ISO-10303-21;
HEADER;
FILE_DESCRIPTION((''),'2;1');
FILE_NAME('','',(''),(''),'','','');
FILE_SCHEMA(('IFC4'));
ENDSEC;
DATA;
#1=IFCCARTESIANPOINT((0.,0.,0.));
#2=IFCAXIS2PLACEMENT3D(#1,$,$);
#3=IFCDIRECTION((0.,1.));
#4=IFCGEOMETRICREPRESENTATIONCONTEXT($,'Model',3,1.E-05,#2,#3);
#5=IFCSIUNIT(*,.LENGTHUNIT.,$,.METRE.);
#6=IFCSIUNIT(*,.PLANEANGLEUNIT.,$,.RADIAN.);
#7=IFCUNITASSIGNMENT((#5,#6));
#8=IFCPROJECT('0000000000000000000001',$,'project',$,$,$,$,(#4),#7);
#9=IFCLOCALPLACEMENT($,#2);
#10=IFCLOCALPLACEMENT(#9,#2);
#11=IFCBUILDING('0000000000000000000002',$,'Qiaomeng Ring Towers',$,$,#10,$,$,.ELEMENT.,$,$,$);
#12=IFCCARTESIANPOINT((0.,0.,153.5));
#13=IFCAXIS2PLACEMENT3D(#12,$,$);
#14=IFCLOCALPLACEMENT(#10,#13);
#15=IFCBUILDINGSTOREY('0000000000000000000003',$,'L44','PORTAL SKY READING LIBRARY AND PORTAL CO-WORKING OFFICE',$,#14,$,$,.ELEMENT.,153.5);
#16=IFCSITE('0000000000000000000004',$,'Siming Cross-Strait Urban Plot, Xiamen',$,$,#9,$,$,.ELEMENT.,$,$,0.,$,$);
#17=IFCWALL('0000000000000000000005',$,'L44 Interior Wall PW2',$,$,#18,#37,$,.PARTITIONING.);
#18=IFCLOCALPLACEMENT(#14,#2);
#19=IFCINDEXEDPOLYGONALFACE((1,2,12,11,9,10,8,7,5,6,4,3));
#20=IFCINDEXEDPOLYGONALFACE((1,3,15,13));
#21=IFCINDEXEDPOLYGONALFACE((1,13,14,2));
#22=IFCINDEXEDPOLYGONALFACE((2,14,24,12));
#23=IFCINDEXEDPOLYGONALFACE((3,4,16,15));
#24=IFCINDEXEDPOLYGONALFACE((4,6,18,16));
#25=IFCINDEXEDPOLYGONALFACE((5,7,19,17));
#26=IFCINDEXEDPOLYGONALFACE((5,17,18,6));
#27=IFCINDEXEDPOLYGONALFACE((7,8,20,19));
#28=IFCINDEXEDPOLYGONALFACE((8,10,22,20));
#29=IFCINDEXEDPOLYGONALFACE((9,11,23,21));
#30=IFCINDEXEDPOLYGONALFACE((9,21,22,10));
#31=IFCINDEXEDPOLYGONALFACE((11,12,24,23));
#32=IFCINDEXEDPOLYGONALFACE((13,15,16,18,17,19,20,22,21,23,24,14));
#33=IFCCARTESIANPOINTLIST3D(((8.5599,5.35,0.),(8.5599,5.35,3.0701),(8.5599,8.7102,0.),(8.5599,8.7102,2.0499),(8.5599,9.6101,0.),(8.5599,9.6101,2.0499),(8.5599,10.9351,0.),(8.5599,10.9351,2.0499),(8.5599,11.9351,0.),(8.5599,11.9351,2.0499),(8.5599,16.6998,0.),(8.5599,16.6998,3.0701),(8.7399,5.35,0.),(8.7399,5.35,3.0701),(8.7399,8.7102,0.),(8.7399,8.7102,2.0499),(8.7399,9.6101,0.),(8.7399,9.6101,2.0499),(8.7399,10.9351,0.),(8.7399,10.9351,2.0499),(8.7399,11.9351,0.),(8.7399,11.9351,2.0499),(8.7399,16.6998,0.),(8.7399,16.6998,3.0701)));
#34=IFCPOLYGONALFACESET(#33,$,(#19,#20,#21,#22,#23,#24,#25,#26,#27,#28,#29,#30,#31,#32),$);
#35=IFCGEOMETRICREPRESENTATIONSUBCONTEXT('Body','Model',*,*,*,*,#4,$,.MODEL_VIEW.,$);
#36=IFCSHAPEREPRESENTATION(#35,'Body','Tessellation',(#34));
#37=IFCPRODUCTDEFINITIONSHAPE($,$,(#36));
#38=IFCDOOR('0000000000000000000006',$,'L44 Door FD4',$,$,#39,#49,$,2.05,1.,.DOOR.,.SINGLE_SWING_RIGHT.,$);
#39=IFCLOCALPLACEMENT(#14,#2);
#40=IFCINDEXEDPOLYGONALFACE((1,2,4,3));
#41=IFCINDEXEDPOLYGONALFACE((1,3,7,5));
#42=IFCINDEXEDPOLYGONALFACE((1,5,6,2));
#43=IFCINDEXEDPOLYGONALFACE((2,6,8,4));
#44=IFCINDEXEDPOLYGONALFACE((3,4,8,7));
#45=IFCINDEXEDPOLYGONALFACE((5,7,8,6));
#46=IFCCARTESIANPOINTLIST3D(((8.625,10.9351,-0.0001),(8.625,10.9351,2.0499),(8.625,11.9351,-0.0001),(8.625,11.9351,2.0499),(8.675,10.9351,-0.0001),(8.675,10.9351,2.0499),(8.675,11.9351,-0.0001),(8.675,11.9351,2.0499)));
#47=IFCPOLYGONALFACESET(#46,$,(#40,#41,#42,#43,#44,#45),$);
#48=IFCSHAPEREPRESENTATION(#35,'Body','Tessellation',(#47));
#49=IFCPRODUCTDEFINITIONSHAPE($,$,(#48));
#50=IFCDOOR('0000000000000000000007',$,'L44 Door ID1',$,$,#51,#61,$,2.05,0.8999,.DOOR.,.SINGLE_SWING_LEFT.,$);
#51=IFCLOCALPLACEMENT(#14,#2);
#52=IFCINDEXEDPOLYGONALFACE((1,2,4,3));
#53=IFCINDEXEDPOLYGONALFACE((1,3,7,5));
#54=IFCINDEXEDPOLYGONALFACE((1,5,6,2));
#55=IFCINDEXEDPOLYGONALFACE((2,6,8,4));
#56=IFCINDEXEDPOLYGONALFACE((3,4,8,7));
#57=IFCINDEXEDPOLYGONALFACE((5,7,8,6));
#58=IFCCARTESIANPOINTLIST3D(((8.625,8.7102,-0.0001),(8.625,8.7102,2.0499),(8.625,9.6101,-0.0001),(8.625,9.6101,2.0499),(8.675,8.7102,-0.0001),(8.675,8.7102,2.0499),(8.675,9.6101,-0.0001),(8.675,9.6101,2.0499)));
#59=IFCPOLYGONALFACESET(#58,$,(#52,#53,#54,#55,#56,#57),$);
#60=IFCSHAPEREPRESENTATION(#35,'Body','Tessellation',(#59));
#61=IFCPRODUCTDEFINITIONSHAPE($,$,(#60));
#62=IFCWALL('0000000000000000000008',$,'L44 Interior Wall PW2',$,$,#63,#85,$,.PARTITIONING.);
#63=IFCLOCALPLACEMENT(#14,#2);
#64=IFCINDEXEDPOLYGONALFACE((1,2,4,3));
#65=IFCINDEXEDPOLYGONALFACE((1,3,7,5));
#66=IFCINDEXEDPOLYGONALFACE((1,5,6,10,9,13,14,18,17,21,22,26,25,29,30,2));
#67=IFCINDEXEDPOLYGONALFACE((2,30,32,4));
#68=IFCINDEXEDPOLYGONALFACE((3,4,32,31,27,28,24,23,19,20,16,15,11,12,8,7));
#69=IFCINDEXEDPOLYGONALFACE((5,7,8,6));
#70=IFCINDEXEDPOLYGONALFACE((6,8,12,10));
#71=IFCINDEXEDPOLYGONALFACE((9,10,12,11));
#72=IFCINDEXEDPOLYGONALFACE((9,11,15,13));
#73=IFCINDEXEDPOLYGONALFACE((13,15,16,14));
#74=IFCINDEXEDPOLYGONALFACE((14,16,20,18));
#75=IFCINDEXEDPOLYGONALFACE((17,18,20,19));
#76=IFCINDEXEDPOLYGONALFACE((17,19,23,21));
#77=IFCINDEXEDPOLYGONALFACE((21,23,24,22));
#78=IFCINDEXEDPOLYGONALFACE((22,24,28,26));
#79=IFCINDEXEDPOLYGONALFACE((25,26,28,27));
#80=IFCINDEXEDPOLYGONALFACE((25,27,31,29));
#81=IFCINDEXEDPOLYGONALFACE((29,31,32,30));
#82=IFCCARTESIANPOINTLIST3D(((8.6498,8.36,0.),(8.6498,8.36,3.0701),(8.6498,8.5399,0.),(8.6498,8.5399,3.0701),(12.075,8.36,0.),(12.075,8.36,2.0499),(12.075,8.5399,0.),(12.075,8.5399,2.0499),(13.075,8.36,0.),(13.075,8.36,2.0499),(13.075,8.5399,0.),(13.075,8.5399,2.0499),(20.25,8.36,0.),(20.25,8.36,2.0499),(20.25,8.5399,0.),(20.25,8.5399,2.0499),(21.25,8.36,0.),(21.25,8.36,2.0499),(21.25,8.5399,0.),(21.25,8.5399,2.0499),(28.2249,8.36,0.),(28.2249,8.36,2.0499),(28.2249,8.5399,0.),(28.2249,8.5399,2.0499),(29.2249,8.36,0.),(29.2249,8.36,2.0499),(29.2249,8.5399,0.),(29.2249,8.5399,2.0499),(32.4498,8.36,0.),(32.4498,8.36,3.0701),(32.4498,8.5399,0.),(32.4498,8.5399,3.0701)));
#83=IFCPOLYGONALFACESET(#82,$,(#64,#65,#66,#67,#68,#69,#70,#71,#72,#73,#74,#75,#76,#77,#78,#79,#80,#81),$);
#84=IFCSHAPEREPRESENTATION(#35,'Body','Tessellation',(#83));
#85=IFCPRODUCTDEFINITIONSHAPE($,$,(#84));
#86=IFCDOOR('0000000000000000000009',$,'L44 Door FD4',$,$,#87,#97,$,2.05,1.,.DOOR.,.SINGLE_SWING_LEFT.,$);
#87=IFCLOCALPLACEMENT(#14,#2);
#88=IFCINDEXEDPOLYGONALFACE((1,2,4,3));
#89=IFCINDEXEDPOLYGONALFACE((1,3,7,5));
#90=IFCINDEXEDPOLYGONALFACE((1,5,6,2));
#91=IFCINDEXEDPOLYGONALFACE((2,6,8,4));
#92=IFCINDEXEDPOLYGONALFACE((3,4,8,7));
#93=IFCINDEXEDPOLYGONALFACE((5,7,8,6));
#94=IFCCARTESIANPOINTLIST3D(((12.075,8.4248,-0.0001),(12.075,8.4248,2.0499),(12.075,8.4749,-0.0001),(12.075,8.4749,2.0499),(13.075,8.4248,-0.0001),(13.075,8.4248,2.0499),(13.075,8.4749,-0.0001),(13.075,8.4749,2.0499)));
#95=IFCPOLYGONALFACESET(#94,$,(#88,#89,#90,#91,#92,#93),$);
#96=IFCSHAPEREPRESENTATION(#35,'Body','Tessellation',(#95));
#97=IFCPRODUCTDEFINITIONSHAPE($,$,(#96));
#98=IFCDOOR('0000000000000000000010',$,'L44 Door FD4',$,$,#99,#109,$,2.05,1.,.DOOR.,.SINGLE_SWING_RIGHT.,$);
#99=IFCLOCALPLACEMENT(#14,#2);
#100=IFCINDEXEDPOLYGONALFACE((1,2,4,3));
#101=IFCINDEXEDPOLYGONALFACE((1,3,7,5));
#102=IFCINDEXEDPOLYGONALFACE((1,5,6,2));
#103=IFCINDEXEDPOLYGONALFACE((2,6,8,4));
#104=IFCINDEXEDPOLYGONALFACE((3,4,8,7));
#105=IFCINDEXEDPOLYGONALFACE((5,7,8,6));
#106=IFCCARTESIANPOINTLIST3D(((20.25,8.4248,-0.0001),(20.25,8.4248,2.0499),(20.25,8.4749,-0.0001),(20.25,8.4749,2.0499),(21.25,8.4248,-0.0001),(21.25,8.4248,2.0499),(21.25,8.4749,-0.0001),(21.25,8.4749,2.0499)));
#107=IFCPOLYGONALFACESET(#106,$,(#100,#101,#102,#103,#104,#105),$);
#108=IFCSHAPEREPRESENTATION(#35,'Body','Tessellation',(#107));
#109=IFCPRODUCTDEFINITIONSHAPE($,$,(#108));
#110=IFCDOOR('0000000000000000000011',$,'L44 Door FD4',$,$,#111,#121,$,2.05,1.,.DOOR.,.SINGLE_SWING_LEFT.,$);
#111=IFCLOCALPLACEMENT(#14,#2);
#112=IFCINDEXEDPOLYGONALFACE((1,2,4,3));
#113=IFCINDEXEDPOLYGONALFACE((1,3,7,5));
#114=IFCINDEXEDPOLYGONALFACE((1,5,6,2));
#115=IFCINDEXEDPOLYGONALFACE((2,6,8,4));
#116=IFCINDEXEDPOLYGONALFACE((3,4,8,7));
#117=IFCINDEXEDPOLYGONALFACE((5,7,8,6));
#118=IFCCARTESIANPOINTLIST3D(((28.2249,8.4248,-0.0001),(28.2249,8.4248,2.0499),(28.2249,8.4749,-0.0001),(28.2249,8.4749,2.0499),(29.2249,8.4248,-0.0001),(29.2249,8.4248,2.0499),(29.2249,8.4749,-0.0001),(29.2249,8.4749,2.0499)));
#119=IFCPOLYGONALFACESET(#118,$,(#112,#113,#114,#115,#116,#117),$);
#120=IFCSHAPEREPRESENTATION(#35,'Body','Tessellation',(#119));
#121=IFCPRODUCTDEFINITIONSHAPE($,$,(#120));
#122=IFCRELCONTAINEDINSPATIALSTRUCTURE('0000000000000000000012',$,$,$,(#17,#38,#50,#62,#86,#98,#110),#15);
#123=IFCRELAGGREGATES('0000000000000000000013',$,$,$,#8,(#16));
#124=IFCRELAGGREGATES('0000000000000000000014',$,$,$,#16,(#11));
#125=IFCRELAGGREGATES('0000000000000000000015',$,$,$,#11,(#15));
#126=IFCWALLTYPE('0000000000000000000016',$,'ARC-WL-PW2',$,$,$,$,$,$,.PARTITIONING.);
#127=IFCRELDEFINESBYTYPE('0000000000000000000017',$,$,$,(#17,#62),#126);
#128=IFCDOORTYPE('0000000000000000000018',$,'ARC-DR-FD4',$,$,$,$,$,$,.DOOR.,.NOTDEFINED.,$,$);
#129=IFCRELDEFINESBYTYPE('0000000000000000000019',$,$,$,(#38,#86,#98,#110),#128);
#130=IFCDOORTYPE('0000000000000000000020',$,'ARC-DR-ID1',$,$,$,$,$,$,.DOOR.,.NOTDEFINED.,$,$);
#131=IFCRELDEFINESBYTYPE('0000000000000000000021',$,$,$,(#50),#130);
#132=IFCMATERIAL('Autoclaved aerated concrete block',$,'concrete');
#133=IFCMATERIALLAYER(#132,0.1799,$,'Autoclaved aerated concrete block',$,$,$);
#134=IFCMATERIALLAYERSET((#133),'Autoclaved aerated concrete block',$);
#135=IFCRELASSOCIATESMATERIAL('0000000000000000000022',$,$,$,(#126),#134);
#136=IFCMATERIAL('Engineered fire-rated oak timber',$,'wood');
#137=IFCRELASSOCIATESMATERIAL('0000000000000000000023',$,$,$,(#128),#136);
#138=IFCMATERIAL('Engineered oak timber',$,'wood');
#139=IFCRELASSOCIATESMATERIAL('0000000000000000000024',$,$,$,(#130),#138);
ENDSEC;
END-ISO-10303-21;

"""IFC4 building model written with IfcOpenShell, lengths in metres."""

from ifc_helpers import new_model, si_unit, direction, frame, frame_2d, origin, place, context, subcontext, project, spatial, rectangle, extrude, source, transform, mapped, material, layer, layer_set, type_object, element, fill, save


model = new_model("IFC4")

# Units and contexts
model_context = context("Model", 3, precision=1e-05, world=origin(), true_north=direction((0.0, 1.0)))
body_context = subcontext(model_context, "Body", "Model", "MODEL_VIEW")
ifc_project = project(units=[si_unit("LENGTHUNIT", "METRE"), si_unit("PLANEANGLEUNIT", "RADIAN")], contexts=[model_context])

# Site, building, storey
site_placement = place(None, origin())
site = spatial("IfcSite", under=ifc_project, at=site_placement, Name="Siming Cross-Strait Urban Plot, Xiamen", CompositionType="ELEMENT", RefElevation=0.0)
building_placement = place(site_placement, origin())
building = spatial("IfcBuilding", under=site, at=building_placement, Name="Qiaomeng Ring Towers", CompositionType="ELEMENT")
storey_placement = place(building_placement, frame((0.0, 0.0, 153.5)))
storey = spatial("IfcBuildingStorey", under=building, at=storey_placement, Name="L44", Description="PORTAL SKY READING LIBRARY AND PORTAL CO-WORKING OFFICE", CompositionType="ELEMENT", Elevation=153.5)

# Walls, openings, doors
ifc_material_1 = material(Name="Autoclaved aerated concrete block", Category="concrete")
ifc_layer_1 = layer(ifc_material_1, 0.1799, Name="Autoclaved aerated concrete block")
ifc_layer_set_1 = layer_set([ifc_layer_1], Name="Autoclaved aerated concrete block")
wall_type_1 = type_object("IfcWallType", Name="ARC-WL-PW2", PredefinedType="PARTITIONING", material=ifc_layer_set_1)
wall_1_placement = place(storey_placement, frame((8.6499, 5.3501, 0.0), z_axis=(0.0, 0.0, 1.0), x_axis=(0.0, 1.0, 0.0)))
wall_1 = element("IfcWall", 1, at=wall_1_placement, inside=storey, type_object=wall_type_1, Name="L44 Interior Wall PW2", PredefinedType="PARTITIONING", context=body_context, shape_type="SweptSolid", body=[
    extrude(rectangle(XDim=11.3499, YDim=0.1799, at=frame_2d((5.6748, 0.0))), origin(), (0.0, 0.0, 1.0), 3.0701),
])
opening_1_placement = place(wall_1_placement, frame((3.3601, 0.0, 0.0)))
opening_1 = element("IfcOpeningElement", 2, at=opening_1_placement, cuts=wall_1, PredefinedType="OPENING", context=body_context, shape_type="SweptSolid", body=[
    extrude(rectangle(XDim=0.8999, YDim=2.05, at=frame_2d((0.45, 1.0249))), frame((0.0, 0.0999, 0.0), z_axis=(0.0, -1.0, 0.0), x_axis=(1.0, 0.0, 0.0)), (0.0, 0.0, 1.0), 0.2),
])
opening_2_placement = place(wall_1_placement, frame((5.585, 0.0, 0.0)))
opening_2 = element("IfcOpeningElement", 3, at=opening_2_placement, cuts=wall_1, PredefinedType="OPENING", context=body_context, shape_type="SweptSolid", body=[
    extrude(rectangle(XDim=1.0, YDim=2.05, at=frame_2d((0.5, 1.0249))), frame((0.0, 0.0999, 0.0), z_axis=(0.0, -1.0, 0.0), x_axis=(1.0, 0.0, 0.0)), (0.0, 0.0, 1.0), 0.2),
])
ifc_material_2 = material(Name="Engineered fire-rated oak timber", Category="wood")
door_type_1 = type_object("IfcDoorType", Name="ARC-DR-FD4", OperationType="NOTDEFINED", PredefinedType="DOOR", material=ifc_material_2)
shared_shape_1 = source(origin(), body_context, "Body", "SweptSolid", [
    extrude(rectangle(XDim=1.0, YDim=2.05, at=frame_2d((0.5, 1.0249))), frame((0.0, 0.0249, 0.0), z_axis=(0.0, -1.0, 0.0), x_axis=(1.0, 0.0, 0.0)), (0.0, 0.0, 1.0), 0.05),
])
door_1_placement = place(opening_2_placement, origin())
door_1 = element("IfcDoor", 4, at=door_1_placement, inside=storey, type_object=door_type_1, Name="L44 Door FD4", OperationType="SINGLE_SWING_RIGHT", OverallHeight=2.05, OverallWidth=1.0, PredefinedType="DOOR", context=body_context, shape_type="MappedRepresentation", body=[
    mapped(shared_shape_1, transform((0.0, 0.0, 0.0), x_axis=(1.0, 0.0, 0.0), y_axis=(0.0, 1.0, 0.0), z_axis=(0.0, 0.0, 1.0), scale=1.0)),
])
fill(opening_2, door_1)
ifc_material_3 = material(Name="Engineered oak timber", Category="wood")
door_type_2 = type_object("IfcDoorType", Name="ARC-DR-ID1", OperationType="NOTDEFINED", PredefinedType="DOOR", material=ifc_material_3)
shared_shape_2 = source(origin(), body_context, "Body", "SweptSolid", [
    extrude(rectangle(XDim=0.8999, YDim=2.05, at=frame_2d((0.45, 1.0249))), frame((0.0, 0.0249, 0.0), z_axis=(0.0, -1.0, 0.0), x_axis=(1.0, 0.0, 0.0)), (0.0, 0.0, 1.0), 0.05),
])
door_2_placement = place(opening_1_placement, origin())
door_2 = element("IfcDoor", 5, at=door_2_placement, inside=storey, type_object=door_type_2, Name="L44 Door ID1", OperationType="SINGLE_SWING_LEFT", OverallHeight=2.05, OverallWidth=0.8999, PredefinedType="DOOR", context=body_context, shape_type="MappedRepresentation", body=[
    mapped(shared_shape_2, transform((0.0, 0.0, 0.0), x_axis=(1.0, 0.0, 0.0), y_axis=(0.0, 1.0, 0.0), z_axis=(0.0, 0.0, 1.0), scale=1.0)),
])
fill(opening_1, door_2)
wall_2_placement = place(storey_placement, frame((8.6499, 8.45, 0.0), z_axis=(0.0, 0.0, 1.0), x_axis=(1.0, 0.0, 0.0)))
wall_2 = element("IfcWall", 6, at=wall_2_placement, inside=storey, type_object=wall_type_1, Name="L44 Interior Wall PW2", PredefinedType="PARTITIONING", context=body_context, shape_type="SweptSolid", body=[
    extrude(rectangle(XDim=23.8, YDim=0.1799, at=frame_2d((11.8999, 0.0))), origin(), (0.0, 0.0, 1.0), 3.0701),
])
opening_3_placement = place(wall_2_placement, frame((3.425, 0.0, 0.0)))
opening_3 = element("IfcOpeningElement", 7, at=opening_3_placement, cuts=wall_2, PredefinedType="OPENING", context=body_context, shape_type="SweptSolid", body=[
    extrude(rectangle(XDim=1.0, YDim=2.05, at=frame_2d((0.5, 1.0249))), frame((0.0, 0.0999, 0.0), z_axis=(0.0, -1.0, 0.0), x_axis=(1.0, 0.0, 0.0)), (0.0, 0.0, 1.0), 0.2),
])
opening_4_placement = place(wall_2_placement, frame((11.6001, 0.0, 0.0)))
opening_4 = element("IfcOpeningElement", 8, at=opening_4_placement, cuts=wall_2, PredefinedType="OPENING", context=body_context, shape_type="SweptSolid", body=[
    extrude(rectangle(XDim=1.0, YDim=2.05, at=frame_2d((0.5, 1.0249))), frame((0.0, 0.0999, 0.0), z_axis=(0.0, -1.0, 0.0), x_axis=(1.0, 0.0, 0.0)), (0.0, 0.0, 1.0), 0.2),
])
opening_5_placement = place(wall_2_placement, frame((19.575, 0.0, 0.0)))
opening_5 = element("IfcOpeningElement", 9, at=opening_5_placement, cuts=wall_2, PredefinedType="OPENING", context=body_context, shape_type="SweptSolid", body=[
    extrude(rectangle(XDim=1.0, YDim=2.05, at=frame_2d((0.5, 1.0249))), frame((0.0, 0.0999, 0.0), z_axis=(0.0, -1.0, 0.0), x_axis=(1.0, 0.0, 0.0)), (0.0, 0.0, 1.0), 0.2),
])
door_3_placement = place(opening_3_placement, origin())
door_3 = element("IfcDoor", 10, at=door_3_placement, inside=storey, type_object=door_type_1, Name="L44 Door FD4", OperationType="SINGLE_SWING_LEFT", OverallHeight=2.05, OverallWidth=1.0, PredefinedType="DOOR", context=body_context, shape_type="MappedRepresentation", body=[
    mapped(shared_shape_1, transform((0.0, 0.0, 0.0), x_axis=(1.0, 0.0, 0.0), y_axis=(0.0, 1.0, 0.0), z_axis=(0.0, 0.0, 1.0), scale=1.0)),
])
fill(opening_3, door_3)
door_4_placement = place(opening_4_placement, origin())
door_4 = element("IfcDoor", 11, at=door_4_placement, inside=storey, type_object=door_type_1, Name="L44 Door FD4", OperationType="SINGLE_SWING_RIGHT", OverallHeight=2.05, OverallWidth=1.0, PredefinedType="DOOR", context=body_context, shape_type="MappedRepresentation", body=[
    mapped(shared_shape_1, transform((0.0, 0.0, 0.0), x_axis=(1.0, 0.0, 0.0), y_axis=(0.0, 1.0, 0.0), z_axis=(0.0, 0.0, 1.0), scale=1.0)),
])
fill(opening_4, door_4)
door_5_placement = place(opening_5_placement, origin())
door_5 = element("IfcDoor", 12, at=door_5_placement, inside=storey, type_object=door_type_1, Name="L44 Door FD4", OperationType="SINGLE_SWING_LEFT", OverallHeight=2.05, OverallWidth=1.0, PredefinedType="DOOR", context=body_context, shape_type="MappedRepresentation", body=[
    mapped(shared_shape_1, transform((0.0, 0.0, 0.0), x_axis=(1.0, 0.0, 0.0), y_axis=(0.0, 1.0, 0.0), z_axis=(0.0, 0.0, 1.0), scale=1.0)),
])
fill(opening_5, door_5)

save(model, "model.ifc")
